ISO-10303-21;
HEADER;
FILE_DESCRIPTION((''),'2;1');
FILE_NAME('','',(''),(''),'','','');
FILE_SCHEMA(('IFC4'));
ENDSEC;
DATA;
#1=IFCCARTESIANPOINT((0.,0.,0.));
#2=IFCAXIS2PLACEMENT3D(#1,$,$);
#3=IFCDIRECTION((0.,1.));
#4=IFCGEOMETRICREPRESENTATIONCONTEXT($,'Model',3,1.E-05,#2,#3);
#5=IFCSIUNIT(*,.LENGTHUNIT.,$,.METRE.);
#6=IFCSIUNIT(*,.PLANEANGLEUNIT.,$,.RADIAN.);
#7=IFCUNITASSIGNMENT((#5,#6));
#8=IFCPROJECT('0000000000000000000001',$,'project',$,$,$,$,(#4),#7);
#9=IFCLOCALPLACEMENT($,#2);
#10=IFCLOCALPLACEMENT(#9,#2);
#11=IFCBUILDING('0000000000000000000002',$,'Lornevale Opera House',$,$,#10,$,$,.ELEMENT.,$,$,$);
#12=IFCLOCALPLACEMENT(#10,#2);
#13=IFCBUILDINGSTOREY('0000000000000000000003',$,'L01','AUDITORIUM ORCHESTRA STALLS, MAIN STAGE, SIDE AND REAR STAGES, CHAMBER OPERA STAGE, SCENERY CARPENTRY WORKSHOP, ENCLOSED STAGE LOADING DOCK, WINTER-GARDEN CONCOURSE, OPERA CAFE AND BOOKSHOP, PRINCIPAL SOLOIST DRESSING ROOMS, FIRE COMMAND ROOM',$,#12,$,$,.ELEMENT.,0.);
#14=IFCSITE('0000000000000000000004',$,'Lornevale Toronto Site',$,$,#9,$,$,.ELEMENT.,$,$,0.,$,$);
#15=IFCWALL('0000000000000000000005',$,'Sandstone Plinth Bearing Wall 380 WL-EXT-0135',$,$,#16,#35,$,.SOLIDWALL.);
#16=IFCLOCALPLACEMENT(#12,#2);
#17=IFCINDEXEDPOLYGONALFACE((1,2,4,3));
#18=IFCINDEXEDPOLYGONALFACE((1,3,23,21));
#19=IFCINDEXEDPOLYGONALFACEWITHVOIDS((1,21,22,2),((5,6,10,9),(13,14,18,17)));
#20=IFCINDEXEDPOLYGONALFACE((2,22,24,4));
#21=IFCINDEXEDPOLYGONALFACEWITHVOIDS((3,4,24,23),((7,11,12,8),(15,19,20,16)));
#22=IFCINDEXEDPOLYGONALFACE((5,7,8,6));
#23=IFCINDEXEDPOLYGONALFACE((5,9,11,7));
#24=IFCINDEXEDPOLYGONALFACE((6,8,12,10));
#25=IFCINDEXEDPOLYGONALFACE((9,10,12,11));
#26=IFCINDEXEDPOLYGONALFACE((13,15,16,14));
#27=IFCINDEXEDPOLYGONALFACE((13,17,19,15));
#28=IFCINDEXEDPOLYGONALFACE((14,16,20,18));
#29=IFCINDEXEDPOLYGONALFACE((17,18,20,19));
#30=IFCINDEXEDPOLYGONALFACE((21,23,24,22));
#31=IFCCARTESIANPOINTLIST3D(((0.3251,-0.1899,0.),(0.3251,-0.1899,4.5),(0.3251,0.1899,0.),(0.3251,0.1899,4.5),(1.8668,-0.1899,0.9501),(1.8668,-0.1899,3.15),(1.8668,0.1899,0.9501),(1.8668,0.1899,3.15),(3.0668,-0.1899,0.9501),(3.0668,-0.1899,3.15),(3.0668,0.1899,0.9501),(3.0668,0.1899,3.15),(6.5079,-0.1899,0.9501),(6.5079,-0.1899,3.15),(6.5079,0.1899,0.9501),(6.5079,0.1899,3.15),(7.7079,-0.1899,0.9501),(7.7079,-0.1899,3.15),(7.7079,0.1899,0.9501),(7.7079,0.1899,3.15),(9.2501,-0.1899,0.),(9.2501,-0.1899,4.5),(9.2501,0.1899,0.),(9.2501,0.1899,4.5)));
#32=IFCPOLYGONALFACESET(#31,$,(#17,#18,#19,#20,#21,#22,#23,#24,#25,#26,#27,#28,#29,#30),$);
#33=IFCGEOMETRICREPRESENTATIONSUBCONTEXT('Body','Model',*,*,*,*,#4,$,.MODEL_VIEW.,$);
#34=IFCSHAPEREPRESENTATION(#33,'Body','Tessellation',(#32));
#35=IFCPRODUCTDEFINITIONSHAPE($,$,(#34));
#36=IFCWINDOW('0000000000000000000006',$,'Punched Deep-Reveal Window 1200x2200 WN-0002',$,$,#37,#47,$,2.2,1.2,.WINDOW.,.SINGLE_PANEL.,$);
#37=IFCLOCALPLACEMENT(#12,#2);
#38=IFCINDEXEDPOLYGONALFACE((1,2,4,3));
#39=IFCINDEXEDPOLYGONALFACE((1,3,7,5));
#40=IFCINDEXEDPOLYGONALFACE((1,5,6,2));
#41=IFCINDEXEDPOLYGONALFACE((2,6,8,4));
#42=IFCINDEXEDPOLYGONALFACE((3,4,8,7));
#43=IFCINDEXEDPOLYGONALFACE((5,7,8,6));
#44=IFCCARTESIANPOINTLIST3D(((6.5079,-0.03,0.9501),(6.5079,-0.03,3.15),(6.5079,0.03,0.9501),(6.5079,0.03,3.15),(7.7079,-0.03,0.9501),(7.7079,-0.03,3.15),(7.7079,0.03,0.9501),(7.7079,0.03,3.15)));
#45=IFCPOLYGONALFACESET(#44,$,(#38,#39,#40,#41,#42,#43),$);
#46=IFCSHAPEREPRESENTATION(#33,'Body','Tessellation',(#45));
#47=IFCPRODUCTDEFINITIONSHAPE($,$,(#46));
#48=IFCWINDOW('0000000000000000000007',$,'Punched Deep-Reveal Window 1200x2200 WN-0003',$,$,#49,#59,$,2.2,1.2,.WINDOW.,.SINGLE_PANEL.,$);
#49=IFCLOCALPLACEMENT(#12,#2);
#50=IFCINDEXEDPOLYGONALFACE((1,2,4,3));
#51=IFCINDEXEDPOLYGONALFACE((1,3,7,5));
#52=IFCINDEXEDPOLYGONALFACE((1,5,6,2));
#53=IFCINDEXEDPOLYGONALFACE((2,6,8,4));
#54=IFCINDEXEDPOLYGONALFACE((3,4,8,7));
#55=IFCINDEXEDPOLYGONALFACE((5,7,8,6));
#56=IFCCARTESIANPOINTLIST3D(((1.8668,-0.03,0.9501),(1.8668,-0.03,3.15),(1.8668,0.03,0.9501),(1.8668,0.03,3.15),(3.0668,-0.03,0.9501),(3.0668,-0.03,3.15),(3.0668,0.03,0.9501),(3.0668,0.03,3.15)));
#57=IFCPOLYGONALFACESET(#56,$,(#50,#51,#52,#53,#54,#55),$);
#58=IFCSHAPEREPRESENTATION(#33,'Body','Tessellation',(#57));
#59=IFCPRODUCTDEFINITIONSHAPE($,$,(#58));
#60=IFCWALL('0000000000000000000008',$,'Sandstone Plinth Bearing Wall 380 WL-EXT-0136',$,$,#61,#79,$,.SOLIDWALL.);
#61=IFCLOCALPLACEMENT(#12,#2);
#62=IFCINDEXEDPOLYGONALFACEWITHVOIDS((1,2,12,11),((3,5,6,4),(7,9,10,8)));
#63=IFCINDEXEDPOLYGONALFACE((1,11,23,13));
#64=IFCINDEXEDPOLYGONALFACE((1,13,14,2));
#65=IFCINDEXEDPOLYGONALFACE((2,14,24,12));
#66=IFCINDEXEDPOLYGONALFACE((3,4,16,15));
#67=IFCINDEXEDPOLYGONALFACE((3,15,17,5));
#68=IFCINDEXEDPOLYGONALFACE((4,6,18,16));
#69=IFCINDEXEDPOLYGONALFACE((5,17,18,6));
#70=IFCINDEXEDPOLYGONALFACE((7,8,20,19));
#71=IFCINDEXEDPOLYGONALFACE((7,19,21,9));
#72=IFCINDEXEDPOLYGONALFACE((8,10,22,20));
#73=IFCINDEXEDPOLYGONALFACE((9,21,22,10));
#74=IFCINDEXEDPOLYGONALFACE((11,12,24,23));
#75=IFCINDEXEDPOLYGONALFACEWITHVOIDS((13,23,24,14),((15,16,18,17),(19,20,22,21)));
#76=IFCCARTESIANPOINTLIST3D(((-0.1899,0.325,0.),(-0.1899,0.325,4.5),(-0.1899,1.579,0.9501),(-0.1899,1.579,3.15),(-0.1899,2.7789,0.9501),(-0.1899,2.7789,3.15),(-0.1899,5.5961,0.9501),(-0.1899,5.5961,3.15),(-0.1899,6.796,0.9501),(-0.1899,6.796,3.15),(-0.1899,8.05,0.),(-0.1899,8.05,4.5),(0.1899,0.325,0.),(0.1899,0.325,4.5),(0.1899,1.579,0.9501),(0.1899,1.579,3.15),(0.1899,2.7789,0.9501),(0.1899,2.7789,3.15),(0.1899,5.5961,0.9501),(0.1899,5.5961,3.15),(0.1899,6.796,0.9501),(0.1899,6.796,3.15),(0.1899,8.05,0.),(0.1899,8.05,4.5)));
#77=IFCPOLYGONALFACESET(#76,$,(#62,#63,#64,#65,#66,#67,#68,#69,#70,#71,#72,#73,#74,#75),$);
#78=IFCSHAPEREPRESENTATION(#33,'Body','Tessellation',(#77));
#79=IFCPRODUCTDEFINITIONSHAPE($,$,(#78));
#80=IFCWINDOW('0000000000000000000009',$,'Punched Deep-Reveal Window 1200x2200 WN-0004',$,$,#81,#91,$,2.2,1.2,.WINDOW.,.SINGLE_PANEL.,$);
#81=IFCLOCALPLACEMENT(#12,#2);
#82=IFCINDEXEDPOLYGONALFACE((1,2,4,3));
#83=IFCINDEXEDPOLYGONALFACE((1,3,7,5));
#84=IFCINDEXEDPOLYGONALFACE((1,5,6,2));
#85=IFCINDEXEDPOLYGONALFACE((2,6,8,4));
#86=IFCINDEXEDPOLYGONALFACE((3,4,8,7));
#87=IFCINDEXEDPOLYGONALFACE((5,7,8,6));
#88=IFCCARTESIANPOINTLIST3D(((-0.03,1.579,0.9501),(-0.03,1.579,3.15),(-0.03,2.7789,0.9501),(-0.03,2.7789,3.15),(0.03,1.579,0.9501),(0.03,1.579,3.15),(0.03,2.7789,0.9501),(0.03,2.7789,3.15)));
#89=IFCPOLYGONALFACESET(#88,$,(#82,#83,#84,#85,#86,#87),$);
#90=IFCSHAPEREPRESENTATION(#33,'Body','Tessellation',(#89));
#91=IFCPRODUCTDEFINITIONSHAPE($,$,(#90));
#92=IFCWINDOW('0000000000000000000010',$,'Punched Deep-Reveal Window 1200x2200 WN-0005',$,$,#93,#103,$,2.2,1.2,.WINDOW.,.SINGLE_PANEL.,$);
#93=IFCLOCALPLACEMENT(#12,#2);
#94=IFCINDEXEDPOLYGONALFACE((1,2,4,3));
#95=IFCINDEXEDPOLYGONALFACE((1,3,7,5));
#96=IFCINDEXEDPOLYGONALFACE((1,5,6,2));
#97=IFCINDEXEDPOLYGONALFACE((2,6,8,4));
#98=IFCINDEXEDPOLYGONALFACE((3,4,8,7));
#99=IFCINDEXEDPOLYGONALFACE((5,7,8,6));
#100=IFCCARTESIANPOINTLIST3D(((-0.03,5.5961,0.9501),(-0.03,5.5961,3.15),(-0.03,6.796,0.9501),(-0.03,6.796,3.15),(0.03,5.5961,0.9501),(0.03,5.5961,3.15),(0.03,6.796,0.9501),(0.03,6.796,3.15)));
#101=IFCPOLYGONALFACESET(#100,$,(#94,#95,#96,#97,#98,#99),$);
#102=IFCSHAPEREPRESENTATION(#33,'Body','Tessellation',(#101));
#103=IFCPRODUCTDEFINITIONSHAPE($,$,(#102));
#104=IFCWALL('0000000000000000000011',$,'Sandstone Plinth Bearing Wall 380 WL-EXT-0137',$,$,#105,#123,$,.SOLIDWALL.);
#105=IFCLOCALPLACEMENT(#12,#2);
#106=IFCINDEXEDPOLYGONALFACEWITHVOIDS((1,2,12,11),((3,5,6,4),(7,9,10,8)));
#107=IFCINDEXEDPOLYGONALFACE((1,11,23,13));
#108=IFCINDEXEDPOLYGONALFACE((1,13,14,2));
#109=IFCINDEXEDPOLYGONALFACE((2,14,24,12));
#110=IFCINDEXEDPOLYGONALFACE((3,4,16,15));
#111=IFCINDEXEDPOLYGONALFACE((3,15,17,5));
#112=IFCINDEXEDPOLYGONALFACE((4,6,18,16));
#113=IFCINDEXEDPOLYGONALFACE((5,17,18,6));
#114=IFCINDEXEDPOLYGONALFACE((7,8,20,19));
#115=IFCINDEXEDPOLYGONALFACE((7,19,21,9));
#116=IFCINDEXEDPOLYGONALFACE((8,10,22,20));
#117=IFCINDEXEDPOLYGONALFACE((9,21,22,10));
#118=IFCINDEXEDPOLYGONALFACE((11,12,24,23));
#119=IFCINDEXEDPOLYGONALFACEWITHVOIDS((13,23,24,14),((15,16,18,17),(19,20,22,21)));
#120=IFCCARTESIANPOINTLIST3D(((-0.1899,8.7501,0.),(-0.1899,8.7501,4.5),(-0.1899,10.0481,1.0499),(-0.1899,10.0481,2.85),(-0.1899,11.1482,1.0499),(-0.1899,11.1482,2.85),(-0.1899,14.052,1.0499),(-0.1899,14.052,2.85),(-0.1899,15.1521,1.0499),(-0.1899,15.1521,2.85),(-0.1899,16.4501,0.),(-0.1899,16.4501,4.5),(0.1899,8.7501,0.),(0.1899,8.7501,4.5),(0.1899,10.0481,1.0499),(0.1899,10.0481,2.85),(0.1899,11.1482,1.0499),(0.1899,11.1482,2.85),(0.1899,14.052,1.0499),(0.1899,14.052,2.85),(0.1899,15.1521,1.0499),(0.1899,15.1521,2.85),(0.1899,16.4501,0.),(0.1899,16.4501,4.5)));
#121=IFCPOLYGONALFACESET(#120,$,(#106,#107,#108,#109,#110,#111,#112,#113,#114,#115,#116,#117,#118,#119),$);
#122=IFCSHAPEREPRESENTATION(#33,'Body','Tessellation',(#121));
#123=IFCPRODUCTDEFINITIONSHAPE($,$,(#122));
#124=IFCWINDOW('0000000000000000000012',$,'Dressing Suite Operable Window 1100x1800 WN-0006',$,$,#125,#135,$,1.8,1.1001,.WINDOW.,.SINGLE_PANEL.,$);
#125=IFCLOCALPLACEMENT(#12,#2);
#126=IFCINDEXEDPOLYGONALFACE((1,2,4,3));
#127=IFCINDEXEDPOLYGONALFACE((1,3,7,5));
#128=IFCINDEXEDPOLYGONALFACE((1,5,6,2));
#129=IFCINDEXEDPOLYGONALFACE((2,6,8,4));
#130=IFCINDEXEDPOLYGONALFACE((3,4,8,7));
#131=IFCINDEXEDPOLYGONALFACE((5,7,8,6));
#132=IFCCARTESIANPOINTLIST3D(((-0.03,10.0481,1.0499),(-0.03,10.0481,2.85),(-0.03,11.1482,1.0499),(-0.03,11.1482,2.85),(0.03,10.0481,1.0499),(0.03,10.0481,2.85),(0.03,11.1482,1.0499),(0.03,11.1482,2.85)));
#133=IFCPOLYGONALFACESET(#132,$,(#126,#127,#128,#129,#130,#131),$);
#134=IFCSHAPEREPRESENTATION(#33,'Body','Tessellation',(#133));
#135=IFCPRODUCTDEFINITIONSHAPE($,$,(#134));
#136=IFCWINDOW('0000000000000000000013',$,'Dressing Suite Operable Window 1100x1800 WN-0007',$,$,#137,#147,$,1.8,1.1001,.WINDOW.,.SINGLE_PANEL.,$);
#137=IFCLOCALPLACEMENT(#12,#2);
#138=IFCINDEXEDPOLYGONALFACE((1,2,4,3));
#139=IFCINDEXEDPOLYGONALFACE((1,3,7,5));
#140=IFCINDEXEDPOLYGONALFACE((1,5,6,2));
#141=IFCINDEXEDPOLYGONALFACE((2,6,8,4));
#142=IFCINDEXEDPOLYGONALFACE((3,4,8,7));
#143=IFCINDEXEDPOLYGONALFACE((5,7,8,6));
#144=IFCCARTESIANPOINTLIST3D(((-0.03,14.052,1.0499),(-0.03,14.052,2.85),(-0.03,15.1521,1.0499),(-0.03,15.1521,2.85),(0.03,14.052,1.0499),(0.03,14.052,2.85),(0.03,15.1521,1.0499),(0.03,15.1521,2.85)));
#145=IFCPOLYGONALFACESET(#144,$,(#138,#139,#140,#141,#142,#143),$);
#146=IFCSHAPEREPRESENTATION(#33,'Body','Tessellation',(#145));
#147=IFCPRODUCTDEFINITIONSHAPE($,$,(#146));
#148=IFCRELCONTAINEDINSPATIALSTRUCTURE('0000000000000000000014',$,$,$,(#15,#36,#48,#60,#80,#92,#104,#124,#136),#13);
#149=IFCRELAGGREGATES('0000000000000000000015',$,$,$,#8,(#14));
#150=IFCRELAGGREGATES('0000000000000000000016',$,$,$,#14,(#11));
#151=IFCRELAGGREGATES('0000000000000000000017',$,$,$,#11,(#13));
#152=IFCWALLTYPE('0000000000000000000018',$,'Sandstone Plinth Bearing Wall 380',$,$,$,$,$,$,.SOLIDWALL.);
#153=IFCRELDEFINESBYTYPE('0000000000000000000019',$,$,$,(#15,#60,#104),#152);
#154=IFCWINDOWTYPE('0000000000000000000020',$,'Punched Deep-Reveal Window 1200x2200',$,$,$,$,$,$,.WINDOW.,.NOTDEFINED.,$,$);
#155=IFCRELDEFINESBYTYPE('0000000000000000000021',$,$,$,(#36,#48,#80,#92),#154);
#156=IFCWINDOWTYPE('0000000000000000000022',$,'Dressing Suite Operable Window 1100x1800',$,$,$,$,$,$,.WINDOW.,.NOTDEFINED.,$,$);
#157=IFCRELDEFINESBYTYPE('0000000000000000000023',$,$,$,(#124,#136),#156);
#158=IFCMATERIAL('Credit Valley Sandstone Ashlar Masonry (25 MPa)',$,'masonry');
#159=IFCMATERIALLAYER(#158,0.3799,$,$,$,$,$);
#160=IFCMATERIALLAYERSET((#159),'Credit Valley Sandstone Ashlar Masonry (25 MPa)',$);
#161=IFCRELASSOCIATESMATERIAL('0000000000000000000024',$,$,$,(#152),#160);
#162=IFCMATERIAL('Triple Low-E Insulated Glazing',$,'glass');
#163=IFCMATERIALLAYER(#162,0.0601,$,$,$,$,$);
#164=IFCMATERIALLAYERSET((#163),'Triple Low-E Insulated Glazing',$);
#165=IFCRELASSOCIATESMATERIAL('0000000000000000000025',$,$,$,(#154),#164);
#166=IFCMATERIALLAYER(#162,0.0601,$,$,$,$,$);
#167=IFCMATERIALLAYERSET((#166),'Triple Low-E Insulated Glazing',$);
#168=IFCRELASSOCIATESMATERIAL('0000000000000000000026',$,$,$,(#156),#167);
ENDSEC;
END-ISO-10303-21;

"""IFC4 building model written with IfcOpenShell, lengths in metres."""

from ifc_helpers import new_model, si_unit, direction, frame, frame_2d, origin, place, context, subcontext, project, spatial, rectangle, extrude, material, layer, layer_set, type_object, element, fill, save


model = new_model("IFC4")

# Units and contexts
model_context = context("Model", 3, precision=1e-05, world=origin(), true_north=direction((0.0, 1.0)))
body_context = subcontext(model_context, "Body", "Model", "MODEL_VIEW")
ifc_project = project(units=[si_unit("LENGTHUNIT", "METRE"), si_unit("PLANEANGLEUNIT", "RADIAN")], contexts=[model_context])

# Site, building, storey
site_placement = place(None, origin())
site = spatial("IfcSite", under=ifc_project, at=site_placement, Name="Lornevale Toronto Site", CompositionType="ELEMENT", RefElevation=0.0)
building_placement = place(site_placement, origin())
building = spatial("IfcBuilding", under=site, at=building_placement, Name="Lornevale Opera House", CompositionType="ELEMENT")
storey_placement = place(building_placement, origin())
storey = spatial("IfcBuildingStorey", under=building, at=storey_placement, Name="L01", Description="AUDITORIUM ORCHESTRA STALLS, MAIN STAGE, SIDE AND REAR STAGES, CHAMBER OPERA STAGE, SCENERY CARPENTRY WORKSHOP, ENCLOSED STAGE LOADING DOCK, WINTER-GARDEN CONCOURSE, OPERA CAFE AND BOOKSHOP, PRINCIPAL SOLOIST DRESSING ROOMS, FIRE COMMAND ROOM", CompositionType="ELEMENT", Elevation=0.0)

# Walls, openings, windows
ifc_material_1 = material(Name="Credit Valley Sandstone Ashlar Masonry (25 MPa)", Category="masonry")
ifc_layer_1 = layer(ifc_material_1, 0.3799)
ifc_layer_set_1 = layer_set([ifc_layer_1], Name="Credit Valley Sandstone Ashlar Masonry (25 MPa)")
wall_type = type_object("IfcWallType", Name="Sandstone Plinth Bearing Wall 380", PredefinedType="SOLIDWALL", material=ifc_layer_set_1)
wall_1_placement = place(storey_placement, frame((9.25, 0.0, 0.0), z_axis=(0.0, 0.0, 1.0), x_axis=(-1.0, 0.0, 0.0)))
wall_1 = element("IfcWall", 1, at=wall_1_placement, inside=storey, type_object=wall_type, Name="Sandstone Plinth Bearing Wall 380 WL-EXT-0135", PredefinedType="SOLIDWALL", context=body_context, shape_type="SweptSolid", body=[
    extrude(rectangle(XDim=8.925, YDim=0.3799, at=frame_2d((4.4624, 0.0))), origin(), (0.0, 0.0, 1.0), 4.5),
])
opening_1_placement = place(wall_1_placement, frame((1.542, 0.0, 0.95)))
opening_1 = element("IfcOpeningElement", 2, at=opening_1_placement, cuts=wall_1, PredefinedType="OPENING", context=body_context, shape_type="SweptSolid", body=[
    extrude(rectangle(XDim=1.2, YDim=2.2, at=frame_2d((0.6001, 1.1001))), frame((0.0, 0.2, 0.0), z_axis=(0.0, -1.0, 0.0), x_axis=(1.0, 0.0, 0.0)), (0.0, 0.0, 1.0), 0.3999),
])
opening_2_placement = place(wall_1_placement, frame((6.1831, 0.0, 0.95)))
opening_2 = element("IfcOpeningElement", 3, at=opening_2_placement, cuts=wall_1, PredefinedType="OPENING", context=body_context, shape_type="SweptSolid", body=[
    extrude(rectangle(XDim=1.2, YDim=2.2, at=frame_2d((0.6001, 1.1001))), frame((0.0, 0.2, 0.0), z_axis=(0.0, -1.0, 0.0), x_axis=(1.0, 0.0, 0.0)), (0.0, 0.0, 1.0), 0.3999),
])
ifc_material_2 = material(Name="Triple Low-E Insulated Glazing", Category="glass")
ifc_layer_2 = layer(ifc_material_2, 0.0601)
ifc_layer_set_2 = layer_set([ifc_layer_2], Name="Triple Low-E Insulated Glazing")
window_type_1 = type_object("IfcWindowType", Name="Punched Deep-Reveal Window 1200x2200", PartitioningType="NOTDEFINED", PredefinedType="WINDOW", material=ifc_layer_set_2)
window_1_placement = place(opening_1_placement, origin())
window_1 = element("IfcWindow", 4, at=window_1_placement, inside=storey, type_object=window_type_1, Name="Punched Deep-Reveal Window 1200x2200 WN-0002", OverallHeight=2.2, OverallWidth=1.2, PartitioningType="SINGLE_PANEL", PredefinedType="WINDOW", context=body_context, shape_type="SweptSolid", body=[
    extrude(rectangle(XDim=1.2, YDim=2.2, at=frame_2d((0.6001, 1.1001))), frame((0.0, 0.03, 0.0), z_axis=(0.0, -1.0, 0.0), x_axis=(1.0, 0.0, 0.0)), (0.0, 0.0, 1.0), 0.0601),
])
fill(opening_1, window_1)
window_2_placement = place(opening_2_placement, origin())
window_2 = element("IfcWindow", 5, at=window_2_placement, inside=storey, type_object=window_type_1, Name="Punched Deep-Reveal Window 1200x2200 WN-0003", OverallHeight=2.2, OverallWidth=1.2, PartitioningType="SINGLE_PANEL", PredefinedType="WINDOW", context=body_context, shape_type="SweptSolid", body=[
    extrude(rectangle(XDim=1.2, YDim=2.2, at=frame_2d((0.6001, 1.1001))), frame((0.0, 0.03, 0.0), z_axis=(0.0, -1.0, 0.0), x_axis=(1.0, 0.0, 0.0)), (0.0, 0.0, 1.0), 0.0601),
])
fill(opening_2, window_2)
wall_2_placement = place(storey_placement, frame((0.0, 0.325, 0.0), z_axis=(0.0, 0.0, 1.0), x_axis=(0.0, 1.0, 0.0)))
wall_2 = element("IfcWall", 6, at=wall_2_placement, inside=storey, type_object=wall_type, Name="Sandstone Plinth Bearing Wall 380 WL-EXT-0136", PredefinedType="SOLIDWALL", context=body_context, shape_type="SweptSolid", body=[
    extrude(rectangle(XDim=7.7251, YDim=0.3799, at=frame_2d((3.8625, 0.0))), origin(), (0.0, 0.0, 1.0), 4.5),
])
opening_3_placement = place(wall_2_placement, frame((1.2539, 0.0, 0.95)))
opening_3 = element("IfcOpeningElement", 7, at=opening_3_placement, cuts=wall_2, PredefinedType="OPENING", context=body_context, shape_type="SweptSolid", body=[
    extrude(rectangle(XDim=1.2, YDim=2.2, at=frame_2d((0.6001, 1.1001))), frame((0.0, 0.2, 0.0), z_axis=(0.0, -1.0, 0.0), x_axis=(1.0, 0.0, 0.0)), (0.0, 0.0, 1.0), 0.3999),
])
opening_4_placement = place(wall_2_placement, frame((5.271, 0.0, 0.95)))
opening_4 = element("IfcOpeningElement", 8, at=opening_4_placement, cuts=wall_2, PredefinedType="OPENING", context=body_context, shape_type="SweptSolid", body=[
    extrude(rectangle(XDim=1.2, YDim=2.2, at=frame_2d((0.6001, 1.1001))), frame((0.0, 0.2, 0.0), z_axis=(0.0, -1.0, 0.0), x_axis=(1.0, 0.0, 0.0)), (0.0, 0.0, 1.0), 0.3999),
])
window_3_placement = place(opening_3_placement, origin())
window_3 = element("IfcWindow", 9, at=window_3_placement, inside=storey, type_object=window_type_1, Name="Punched Deep-Reveal Window 1200x2200 WN-0004", OverallHeight=2.2, OverallWidth=1.2, PartitioningType="SINGLE_PANEL", PredefinedType="WINDOW", context=body_context, shape_type="SweptSolid", body=[
    extrude(rectangle(XDim=1.2, YDim=2.2, at=frame_2d((0.6001, 1.1001))), frame((0.0, 0.03, 0.0), z_axis=(0.0, -1.0, 0.0), x_axis=(1.0, 0.0, 0.0)), (0.0, 0.0, 1.0), 0.0601),
])
fill(opening_3, window_3)
window_4_placement = place(opening_4_placement, origin())
window_4 = element("IfcWindow", 10, at=window_4_placement, inside=storey, type_object=window_type_1, Name="Punched Deep-Reveal Window 1200x2200 WN-0005", OverallHeight=2.2, OverallWidth=1.2, PartitioningType="SINGLE_PANEL", PredefinedType="WINDOW", context=body_context, shape_type="SweptSolid", body=[
    extrude(rectangle(XDim=1.2, YDim=2.2, at=frame_2d((0.6001, 1.1001))), frame((0.0, 0.03, 0.0), z_axis=(0.0, -1.0, 0.0), x_axis=(1.0, 0.0, 0.0)), (0.0, 0.0, 1.0), 0.0601),
])
fill(opening_4, window_4)
wall_3_placement = place(storey_placement, frame((0.0, 8.75, 0.0), z_axis=(0.0, 0.0, 1.0), x_axis=(0.0, 1.0, 0.0)))
wall_3 = element("IfcWall", 11, at=wall_3_placement, inside=storey, type_object=wall_type, Name="Sandstone Plinth Bearing Wall 380 WL-EXT-0137", PredefinedType="SOLIDWALL", context=body_context, shape_type="SweptSolid", body=[
    extrude(rectangle(XDim=7.7, YDim=0.3799, at=frame_2d((3.8501, 0.0))), origin(), (0.0, 0.0, 1.0), 4.5),
])
opening_5_placement = place(wall_3_placement, frame((1.2981, 0.0, 1.05)))
opening_5 = element("IfcOpeningElement", 12, at=opening_5_placement, cuts=wall_3, PredefinedType="OPENING", context=body_context, shape_type="SweptSolid", body=[
    extrude(rectangle(XDim=1.1001, YDim=1.8, at=frame_2d((0.55, 0.8999))), frame((0.0, 0.2, 0.0), z_axis=(0.0, -1.0, 0.0), x_axis=(1.0, 0.0, 0.0)), (0.0, 0.0, 1.0), 0.3999),
])
opening_6_placement = place(wall_3_placement, frame((5.302, 0.0, 1.05)))
opening_6 = element("IfcOpeningElement", 13, at=opening_6_placement, cuts=wall_3, PredefinedType="OPENING", context=body_context, shape_type="SweptSolid", body=[
    extrude(rectangle(XDim=1.1001, YDim=1.8, at=frame_2d((0.55, 0.8999))), frame((0.0, 0.2, 0.0), z_axis=(0.0, -1.0, 0.0), x_axis=(1.0, 0.0, 0.0)), (0.0, 0.0, 1.0), 0.3999),
])
ifc_layer_3 = layer(ifc_material_2, 0.0601)
ifc_layer_set_3 = layer_set([ifc_layer_3], Name="Triple Low-E Insulated Glazing")
window_type_2 = type_object("IfcWindowType", Name="Dressing Suite Operable Window 1100x1800", PartitioningType="NOTDEFINED", PredefinedType="WINDOW", material=ifc_layer_set_3)
window_5_placement = place(opening_5_placement, origin())
window_5 = element("IfcWindow", 14, at=window_5_placement, inside=storey, type_object=window_type_2, Name="Dressing Suite Operable Window 1100x1800 WN-0006", OverallHeight=1.8, OverallWidth=1.1001, PartitioningType="SINGLE_PANEL", PredefinedType="WINDOW", context=body_context, shape_type="SweptSolid", body=[
    extrude(rectangle(XDim=1.1001, YDim=1.8, at=frame_2d((0.55, 0.8999))), frame((0.0, 0.03, 0.0), z_axis=(0.0, -1.0, 0.0), x_axis=(1.0, 0.0, 0.0)), (0.0, 0.0, 1.0), 0.0601),
])
fill(opening_5, window_5)
window_6_placement = place(opening_6_placement, origin())
window_6 = element("IfcWindow", 15, at=window_6_placement, inside=storey, type_object=window_type_2, Name="Dressing Suite Operable Window 1100x1800 WN-0007", OverallHeight=1.8, OverallWidth=1.1001, PartitioningType="SINGLE_PANEL", PredefinedType="WINDOW", context=body_context, shape_type="SweptSolid", body=[
    extrude(rectangle(XDim=1.1001, YDim=1.8, at=frame_2d((0.55, 0.8999))), frame((0.0, 0.03, 0.0), z_axis=(0.0, -1.0, 0.0), x_axis=(1.0, 0.0, 0.0)), (0.0, 0.0, 1.0), 0.0601),
])
fill(opening_6, window_6)

save(model, "model.ifc")
